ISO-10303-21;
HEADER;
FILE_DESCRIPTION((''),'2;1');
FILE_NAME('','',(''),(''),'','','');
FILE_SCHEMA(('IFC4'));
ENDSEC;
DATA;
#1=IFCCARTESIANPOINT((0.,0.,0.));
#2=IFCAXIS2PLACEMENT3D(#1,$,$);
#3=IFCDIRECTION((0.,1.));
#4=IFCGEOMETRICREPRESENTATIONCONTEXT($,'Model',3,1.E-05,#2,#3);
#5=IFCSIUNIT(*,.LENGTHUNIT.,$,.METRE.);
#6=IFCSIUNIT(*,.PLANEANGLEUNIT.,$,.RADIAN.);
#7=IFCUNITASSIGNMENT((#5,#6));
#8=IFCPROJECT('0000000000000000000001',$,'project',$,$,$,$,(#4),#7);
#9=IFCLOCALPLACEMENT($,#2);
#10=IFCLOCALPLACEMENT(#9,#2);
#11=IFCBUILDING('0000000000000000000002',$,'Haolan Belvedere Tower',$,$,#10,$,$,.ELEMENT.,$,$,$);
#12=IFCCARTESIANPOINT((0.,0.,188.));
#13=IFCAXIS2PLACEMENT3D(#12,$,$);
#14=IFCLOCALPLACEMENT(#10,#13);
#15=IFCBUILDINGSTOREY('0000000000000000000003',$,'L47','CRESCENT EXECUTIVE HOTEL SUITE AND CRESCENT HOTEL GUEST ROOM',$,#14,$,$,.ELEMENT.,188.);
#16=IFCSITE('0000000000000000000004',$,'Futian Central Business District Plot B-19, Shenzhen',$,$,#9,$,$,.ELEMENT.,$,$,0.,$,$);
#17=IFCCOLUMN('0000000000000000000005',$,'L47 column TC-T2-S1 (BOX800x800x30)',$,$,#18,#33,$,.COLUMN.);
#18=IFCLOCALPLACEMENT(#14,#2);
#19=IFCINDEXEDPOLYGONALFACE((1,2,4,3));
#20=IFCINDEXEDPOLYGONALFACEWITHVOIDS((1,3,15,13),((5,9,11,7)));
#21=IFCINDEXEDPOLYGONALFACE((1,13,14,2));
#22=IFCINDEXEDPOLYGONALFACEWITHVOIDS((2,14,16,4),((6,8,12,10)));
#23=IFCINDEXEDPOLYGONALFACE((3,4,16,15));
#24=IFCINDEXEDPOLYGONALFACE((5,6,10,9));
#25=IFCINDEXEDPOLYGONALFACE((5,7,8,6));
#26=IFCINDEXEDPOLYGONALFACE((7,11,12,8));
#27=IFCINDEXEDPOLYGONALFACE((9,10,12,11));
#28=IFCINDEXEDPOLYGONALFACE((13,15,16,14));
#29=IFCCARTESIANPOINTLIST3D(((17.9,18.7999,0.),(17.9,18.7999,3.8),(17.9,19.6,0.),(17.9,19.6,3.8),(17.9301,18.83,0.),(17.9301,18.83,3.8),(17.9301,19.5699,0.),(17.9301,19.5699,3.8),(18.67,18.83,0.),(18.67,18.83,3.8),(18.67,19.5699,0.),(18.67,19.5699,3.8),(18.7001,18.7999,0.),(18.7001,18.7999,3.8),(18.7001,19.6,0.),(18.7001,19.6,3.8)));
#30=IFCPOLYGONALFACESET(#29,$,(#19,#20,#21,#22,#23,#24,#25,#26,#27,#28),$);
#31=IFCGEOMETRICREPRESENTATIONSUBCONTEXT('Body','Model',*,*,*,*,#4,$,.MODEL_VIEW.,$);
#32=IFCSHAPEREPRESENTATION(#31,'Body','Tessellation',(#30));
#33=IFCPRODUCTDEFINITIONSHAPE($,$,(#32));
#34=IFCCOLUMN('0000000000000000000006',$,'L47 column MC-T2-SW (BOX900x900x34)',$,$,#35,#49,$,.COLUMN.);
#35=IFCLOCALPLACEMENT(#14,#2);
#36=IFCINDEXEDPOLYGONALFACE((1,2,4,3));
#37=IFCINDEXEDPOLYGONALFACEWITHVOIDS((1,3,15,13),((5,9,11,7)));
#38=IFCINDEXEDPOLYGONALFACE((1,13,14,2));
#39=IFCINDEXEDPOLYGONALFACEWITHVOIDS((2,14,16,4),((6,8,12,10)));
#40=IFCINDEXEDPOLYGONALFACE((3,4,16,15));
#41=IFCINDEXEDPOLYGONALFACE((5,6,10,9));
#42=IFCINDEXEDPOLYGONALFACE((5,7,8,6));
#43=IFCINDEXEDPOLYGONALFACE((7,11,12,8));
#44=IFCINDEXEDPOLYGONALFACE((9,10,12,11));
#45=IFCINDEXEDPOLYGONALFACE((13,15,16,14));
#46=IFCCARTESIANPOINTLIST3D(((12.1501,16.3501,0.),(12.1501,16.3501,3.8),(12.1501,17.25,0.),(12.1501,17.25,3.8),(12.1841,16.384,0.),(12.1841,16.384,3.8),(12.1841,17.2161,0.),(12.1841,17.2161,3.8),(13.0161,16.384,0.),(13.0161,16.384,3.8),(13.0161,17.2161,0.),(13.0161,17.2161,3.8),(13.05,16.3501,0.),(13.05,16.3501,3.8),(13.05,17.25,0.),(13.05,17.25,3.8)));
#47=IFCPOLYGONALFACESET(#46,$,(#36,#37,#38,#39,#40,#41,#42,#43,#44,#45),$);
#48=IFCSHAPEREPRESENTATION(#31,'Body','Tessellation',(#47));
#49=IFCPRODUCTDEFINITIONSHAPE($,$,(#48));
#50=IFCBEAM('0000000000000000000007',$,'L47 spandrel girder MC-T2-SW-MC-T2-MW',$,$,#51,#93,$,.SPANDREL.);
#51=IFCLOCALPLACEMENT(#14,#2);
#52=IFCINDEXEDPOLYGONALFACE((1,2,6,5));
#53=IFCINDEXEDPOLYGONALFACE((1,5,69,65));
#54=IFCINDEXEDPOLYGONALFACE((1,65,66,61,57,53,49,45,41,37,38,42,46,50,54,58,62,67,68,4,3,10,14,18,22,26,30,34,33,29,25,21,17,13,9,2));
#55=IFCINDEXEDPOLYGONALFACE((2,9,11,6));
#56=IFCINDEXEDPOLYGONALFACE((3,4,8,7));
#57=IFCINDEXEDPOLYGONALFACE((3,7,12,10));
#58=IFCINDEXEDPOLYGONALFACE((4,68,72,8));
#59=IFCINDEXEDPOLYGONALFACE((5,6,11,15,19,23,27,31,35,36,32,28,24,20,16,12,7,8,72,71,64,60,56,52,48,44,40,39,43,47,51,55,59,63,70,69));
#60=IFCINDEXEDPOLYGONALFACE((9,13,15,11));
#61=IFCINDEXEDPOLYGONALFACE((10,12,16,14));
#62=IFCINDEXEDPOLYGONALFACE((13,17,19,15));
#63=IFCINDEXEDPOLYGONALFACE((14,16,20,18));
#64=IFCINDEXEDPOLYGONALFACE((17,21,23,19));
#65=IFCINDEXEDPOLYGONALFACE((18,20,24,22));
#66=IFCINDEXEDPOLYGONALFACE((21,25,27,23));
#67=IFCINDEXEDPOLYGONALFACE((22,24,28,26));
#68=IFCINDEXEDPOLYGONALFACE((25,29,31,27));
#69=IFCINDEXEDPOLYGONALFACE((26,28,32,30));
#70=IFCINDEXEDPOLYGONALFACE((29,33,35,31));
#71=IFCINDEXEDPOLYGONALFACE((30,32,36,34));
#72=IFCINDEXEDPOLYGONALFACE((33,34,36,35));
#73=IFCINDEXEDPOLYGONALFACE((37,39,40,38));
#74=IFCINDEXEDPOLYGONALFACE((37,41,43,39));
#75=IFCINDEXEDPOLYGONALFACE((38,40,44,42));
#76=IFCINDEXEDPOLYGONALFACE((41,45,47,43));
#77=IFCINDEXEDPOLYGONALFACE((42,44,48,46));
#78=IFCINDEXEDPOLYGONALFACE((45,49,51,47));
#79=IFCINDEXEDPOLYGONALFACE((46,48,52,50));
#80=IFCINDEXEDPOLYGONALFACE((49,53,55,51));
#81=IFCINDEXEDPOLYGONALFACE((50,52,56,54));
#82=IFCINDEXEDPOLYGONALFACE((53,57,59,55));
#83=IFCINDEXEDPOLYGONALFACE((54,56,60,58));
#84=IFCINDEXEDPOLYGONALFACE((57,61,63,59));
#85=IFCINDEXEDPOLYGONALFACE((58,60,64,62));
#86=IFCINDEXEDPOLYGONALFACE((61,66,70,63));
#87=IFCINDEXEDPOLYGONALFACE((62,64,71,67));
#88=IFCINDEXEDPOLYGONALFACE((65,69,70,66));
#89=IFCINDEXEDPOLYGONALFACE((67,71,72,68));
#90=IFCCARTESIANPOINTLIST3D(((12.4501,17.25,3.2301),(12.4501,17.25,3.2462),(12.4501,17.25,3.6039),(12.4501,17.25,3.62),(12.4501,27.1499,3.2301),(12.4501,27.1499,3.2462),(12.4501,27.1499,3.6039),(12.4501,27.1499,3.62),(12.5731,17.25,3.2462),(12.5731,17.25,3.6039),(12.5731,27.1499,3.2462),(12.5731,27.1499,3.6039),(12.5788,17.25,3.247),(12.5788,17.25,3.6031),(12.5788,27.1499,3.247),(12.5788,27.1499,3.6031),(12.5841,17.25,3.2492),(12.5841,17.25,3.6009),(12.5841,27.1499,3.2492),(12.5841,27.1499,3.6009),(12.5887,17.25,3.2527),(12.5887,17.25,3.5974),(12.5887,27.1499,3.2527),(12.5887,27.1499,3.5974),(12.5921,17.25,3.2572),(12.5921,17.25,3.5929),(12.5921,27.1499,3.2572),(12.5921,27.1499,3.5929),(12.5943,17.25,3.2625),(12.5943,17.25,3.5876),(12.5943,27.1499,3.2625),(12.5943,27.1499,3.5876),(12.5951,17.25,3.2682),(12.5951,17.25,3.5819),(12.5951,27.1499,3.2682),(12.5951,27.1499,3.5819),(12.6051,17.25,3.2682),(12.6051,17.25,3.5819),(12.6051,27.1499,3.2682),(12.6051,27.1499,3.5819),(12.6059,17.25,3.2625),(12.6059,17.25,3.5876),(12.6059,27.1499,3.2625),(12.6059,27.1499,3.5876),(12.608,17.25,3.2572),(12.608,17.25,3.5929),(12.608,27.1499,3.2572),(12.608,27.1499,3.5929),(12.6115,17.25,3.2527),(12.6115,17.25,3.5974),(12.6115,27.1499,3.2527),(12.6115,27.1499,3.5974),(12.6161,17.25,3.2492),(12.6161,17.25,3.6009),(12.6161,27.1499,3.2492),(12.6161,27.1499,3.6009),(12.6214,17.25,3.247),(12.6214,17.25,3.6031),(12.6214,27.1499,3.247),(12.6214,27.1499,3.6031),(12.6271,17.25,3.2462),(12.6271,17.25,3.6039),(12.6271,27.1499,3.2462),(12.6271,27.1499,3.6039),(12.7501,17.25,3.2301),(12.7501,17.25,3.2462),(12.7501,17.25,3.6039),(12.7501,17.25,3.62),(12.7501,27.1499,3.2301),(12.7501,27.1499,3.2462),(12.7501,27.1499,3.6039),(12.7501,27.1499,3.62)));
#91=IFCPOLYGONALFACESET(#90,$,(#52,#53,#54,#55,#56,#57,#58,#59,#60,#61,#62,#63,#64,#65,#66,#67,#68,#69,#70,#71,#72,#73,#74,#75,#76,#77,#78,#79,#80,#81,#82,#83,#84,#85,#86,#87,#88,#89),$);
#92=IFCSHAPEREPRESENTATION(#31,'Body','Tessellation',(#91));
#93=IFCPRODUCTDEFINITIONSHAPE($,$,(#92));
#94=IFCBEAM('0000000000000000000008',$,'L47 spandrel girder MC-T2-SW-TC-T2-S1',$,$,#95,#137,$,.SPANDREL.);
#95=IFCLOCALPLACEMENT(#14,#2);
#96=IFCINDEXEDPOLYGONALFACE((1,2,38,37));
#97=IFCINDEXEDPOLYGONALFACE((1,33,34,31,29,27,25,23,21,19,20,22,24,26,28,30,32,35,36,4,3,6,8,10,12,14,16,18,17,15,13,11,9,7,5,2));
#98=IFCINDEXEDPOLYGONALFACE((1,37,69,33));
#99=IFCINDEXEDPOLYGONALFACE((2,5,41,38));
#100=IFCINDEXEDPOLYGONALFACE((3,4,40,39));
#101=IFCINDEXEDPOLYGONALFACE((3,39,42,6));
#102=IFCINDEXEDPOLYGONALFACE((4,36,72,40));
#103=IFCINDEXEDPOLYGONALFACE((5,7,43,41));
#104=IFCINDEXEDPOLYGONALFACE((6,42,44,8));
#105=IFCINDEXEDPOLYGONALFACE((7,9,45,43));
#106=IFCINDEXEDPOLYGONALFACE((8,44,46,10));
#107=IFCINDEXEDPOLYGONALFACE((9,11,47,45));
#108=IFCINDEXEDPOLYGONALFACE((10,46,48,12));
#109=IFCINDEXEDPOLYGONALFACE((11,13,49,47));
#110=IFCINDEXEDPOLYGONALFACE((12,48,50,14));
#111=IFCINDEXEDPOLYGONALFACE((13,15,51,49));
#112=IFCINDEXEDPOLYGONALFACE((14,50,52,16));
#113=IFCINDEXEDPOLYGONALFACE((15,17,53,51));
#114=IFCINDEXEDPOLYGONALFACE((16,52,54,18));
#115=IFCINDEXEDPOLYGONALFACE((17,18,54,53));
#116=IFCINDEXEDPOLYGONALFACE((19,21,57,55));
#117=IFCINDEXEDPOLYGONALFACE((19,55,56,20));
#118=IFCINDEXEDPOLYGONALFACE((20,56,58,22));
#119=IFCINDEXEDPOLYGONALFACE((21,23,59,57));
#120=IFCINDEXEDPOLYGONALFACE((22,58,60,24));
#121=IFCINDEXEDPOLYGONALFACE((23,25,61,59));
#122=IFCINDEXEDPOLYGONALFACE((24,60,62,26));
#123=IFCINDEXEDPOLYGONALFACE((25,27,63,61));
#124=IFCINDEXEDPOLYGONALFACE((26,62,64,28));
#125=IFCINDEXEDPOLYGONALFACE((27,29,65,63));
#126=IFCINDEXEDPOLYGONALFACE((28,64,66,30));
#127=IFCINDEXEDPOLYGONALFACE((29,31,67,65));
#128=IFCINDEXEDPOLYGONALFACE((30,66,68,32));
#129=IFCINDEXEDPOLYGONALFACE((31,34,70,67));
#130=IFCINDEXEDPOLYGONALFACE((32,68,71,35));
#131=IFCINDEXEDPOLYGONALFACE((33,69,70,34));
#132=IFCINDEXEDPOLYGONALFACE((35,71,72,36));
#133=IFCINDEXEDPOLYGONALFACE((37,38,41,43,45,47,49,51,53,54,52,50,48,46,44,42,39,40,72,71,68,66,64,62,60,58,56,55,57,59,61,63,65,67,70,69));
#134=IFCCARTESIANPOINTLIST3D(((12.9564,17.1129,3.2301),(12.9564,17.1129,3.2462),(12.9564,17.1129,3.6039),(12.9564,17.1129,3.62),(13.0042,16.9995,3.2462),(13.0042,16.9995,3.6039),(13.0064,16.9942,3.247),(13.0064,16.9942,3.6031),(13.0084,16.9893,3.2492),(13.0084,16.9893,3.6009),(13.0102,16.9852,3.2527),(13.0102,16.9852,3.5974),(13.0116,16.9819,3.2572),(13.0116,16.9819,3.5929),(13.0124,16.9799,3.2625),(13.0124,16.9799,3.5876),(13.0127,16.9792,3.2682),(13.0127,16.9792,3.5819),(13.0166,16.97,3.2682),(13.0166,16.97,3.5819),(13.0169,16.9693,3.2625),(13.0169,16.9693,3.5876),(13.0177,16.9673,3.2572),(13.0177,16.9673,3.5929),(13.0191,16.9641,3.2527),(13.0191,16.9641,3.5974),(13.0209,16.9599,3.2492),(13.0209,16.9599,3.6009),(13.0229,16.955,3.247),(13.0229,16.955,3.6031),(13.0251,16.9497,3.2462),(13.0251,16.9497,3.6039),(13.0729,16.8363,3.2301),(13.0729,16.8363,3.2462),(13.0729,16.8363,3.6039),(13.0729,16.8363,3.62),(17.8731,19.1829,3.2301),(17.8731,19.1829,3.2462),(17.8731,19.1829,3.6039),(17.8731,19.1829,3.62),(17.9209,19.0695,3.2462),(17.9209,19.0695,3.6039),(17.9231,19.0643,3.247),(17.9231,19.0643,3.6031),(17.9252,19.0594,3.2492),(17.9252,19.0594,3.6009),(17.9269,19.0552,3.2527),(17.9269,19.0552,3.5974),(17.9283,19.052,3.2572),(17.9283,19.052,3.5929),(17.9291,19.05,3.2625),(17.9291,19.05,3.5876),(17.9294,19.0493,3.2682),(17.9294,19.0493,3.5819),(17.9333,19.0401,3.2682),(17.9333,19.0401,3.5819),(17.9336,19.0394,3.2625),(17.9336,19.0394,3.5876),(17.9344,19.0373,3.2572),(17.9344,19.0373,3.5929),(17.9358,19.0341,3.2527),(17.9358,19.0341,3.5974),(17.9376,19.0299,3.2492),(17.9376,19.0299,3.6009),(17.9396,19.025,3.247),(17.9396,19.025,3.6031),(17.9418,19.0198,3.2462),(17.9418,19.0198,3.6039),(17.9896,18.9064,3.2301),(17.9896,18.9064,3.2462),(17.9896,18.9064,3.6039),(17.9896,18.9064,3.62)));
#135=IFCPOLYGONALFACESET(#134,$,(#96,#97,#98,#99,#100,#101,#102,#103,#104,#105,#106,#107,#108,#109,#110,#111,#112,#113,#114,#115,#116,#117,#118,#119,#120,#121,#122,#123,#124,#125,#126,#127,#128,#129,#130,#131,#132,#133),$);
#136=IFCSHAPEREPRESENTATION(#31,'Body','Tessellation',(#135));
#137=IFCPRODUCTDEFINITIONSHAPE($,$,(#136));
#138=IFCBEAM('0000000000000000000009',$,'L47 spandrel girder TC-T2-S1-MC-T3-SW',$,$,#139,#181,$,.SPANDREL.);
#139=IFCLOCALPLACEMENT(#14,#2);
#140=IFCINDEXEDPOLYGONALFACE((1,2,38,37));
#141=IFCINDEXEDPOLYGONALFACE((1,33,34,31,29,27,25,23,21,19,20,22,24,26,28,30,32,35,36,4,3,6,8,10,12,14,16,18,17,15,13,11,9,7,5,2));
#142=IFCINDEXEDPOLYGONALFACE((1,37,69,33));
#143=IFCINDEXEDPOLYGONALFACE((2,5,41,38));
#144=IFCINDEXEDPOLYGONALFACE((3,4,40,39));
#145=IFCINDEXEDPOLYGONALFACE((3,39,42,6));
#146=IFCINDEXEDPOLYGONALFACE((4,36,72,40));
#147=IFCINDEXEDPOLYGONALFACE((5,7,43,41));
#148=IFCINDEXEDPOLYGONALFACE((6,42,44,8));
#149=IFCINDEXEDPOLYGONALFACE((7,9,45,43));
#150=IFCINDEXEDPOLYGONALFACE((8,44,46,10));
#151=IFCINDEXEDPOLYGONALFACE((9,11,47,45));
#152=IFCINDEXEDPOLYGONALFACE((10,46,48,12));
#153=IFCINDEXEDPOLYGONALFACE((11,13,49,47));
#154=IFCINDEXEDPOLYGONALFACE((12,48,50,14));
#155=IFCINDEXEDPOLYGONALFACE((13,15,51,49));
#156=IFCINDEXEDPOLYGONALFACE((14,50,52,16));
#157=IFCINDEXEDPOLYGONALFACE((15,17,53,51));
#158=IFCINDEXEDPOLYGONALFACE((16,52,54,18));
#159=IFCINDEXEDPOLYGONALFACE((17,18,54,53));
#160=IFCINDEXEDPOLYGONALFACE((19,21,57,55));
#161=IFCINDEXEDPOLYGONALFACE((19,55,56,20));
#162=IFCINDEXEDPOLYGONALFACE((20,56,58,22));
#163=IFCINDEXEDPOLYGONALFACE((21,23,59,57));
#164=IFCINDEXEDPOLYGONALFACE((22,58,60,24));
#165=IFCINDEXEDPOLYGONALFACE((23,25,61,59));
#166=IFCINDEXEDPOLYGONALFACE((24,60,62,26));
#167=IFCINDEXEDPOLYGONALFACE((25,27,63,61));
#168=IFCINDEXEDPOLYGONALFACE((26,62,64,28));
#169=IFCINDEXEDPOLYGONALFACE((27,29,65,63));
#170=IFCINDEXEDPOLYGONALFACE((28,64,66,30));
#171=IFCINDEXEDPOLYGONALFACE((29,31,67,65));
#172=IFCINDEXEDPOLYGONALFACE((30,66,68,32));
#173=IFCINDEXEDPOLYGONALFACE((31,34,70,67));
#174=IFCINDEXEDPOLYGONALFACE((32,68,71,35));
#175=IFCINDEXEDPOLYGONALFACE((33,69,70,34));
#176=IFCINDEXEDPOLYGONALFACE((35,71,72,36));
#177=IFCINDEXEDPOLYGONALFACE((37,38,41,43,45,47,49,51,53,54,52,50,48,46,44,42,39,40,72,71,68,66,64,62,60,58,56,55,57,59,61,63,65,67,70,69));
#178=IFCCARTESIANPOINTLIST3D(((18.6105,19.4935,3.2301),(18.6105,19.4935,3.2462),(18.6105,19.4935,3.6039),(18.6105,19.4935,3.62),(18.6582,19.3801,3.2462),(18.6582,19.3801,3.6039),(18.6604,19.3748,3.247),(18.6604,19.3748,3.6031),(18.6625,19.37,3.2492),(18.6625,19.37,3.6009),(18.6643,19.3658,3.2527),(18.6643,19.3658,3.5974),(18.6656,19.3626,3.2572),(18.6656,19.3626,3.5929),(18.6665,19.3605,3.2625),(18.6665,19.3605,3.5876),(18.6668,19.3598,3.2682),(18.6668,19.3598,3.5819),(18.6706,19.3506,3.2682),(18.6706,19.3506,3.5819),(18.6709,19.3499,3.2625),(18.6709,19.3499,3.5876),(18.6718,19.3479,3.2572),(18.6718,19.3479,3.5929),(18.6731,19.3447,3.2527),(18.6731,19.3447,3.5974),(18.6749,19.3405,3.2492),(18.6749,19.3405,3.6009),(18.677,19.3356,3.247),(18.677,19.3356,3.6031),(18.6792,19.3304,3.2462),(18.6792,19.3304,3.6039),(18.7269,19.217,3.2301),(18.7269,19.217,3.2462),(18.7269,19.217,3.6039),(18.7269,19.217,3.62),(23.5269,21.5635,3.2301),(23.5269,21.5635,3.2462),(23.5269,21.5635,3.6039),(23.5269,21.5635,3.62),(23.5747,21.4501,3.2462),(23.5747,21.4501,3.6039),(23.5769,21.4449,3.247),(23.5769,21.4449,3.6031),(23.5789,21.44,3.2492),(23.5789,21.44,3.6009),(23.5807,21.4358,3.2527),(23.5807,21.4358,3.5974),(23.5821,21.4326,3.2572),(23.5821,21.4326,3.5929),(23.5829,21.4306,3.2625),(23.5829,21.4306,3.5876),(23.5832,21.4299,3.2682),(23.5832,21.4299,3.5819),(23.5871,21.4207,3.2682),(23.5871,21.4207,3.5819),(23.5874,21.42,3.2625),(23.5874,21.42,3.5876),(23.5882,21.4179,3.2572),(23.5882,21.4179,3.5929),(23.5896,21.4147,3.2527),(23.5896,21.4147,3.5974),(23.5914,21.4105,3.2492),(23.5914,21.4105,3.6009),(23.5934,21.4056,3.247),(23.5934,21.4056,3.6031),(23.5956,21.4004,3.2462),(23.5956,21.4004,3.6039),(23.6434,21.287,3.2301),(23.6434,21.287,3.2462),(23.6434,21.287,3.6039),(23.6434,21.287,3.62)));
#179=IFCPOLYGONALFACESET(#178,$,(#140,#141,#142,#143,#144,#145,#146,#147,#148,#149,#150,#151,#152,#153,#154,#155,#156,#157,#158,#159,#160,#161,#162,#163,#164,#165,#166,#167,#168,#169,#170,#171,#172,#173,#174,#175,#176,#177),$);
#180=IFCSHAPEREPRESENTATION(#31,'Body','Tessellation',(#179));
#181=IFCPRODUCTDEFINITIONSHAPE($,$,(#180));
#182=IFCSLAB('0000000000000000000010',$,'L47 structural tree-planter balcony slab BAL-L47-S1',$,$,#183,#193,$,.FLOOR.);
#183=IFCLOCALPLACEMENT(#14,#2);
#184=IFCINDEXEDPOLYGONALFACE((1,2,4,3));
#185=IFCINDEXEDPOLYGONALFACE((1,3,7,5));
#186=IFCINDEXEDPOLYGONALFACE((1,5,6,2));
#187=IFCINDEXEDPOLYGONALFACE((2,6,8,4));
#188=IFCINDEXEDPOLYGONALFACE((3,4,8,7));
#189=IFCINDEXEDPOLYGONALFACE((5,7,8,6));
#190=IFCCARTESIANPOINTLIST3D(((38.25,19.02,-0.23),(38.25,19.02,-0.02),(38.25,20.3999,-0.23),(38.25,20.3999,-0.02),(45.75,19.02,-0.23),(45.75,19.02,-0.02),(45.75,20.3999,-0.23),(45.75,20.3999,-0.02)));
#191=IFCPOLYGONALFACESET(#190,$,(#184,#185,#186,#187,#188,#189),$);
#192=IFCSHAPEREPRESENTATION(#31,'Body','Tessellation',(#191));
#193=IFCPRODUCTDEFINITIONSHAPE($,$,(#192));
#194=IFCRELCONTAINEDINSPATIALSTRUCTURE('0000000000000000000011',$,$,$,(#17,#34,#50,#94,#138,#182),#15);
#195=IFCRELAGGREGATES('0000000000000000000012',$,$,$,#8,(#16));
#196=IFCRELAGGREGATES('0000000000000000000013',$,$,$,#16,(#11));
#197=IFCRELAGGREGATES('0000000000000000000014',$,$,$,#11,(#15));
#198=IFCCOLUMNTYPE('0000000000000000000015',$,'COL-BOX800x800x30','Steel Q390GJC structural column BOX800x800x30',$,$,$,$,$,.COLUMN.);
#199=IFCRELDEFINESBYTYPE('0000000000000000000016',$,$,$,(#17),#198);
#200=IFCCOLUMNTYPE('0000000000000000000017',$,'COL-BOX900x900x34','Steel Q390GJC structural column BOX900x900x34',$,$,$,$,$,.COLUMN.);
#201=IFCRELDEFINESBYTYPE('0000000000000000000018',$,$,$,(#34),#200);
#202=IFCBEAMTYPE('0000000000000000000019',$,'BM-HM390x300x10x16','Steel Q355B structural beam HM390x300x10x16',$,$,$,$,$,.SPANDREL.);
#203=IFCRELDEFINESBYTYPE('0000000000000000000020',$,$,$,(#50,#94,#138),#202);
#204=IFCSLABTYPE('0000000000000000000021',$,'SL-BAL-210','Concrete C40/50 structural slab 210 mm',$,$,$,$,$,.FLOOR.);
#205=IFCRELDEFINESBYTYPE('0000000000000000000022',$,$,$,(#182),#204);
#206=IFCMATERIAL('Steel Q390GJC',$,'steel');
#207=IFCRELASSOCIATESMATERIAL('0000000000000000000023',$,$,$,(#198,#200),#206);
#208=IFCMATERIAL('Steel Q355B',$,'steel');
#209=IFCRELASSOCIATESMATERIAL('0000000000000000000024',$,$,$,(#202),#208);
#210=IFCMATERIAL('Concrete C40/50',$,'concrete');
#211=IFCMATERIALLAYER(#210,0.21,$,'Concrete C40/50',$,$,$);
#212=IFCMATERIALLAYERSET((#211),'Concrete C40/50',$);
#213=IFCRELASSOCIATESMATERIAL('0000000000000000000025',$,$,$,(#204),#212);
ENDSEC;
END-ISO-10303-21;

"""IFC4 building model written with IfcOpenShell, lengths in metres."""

from ifc_helpers import new_model, si_unit, direction, frame, origin, origin_2d, place, context, subcontext, project, spatial, polyline, hollow_rectangle, i_section, outline, extrude, material, layer, layer_set, material_profile, profile_set, type_object, element, save


model = new_model("IFC4")

# Units and contexts
model_context = context("Model", 3, precision=1e-05, world=origin(), true_north=direction((0.0, 1.0)))
body_context = subcontext(model_context, "Body", "Model", "MODEL_VIEW")
ifc_project = project(units=[si_unit("LENGTHUNIT", "METRE"), si_unit("PLANEANGLEUNIT", "RADIAN")], contexts=[model_context])

# Site, building, storey
site_placement = place(None, origin())
site = spatial("IfcSite", under=ifc_project, at=site_placement, Name="Futian Central Business District Plot B-19, Shenzhen", CompositionType="ELEMENT", RefElevation=0.0)
building_placement = place(site_placement, origin())
building = spatial("IfcBuilding", under=site, at=building_placement, Name="Haolan Belvedere Tower", CompositionType="ELEMENT")
storey_placement = place(building_placement, frame((0.0, 0.0, 188.0)))
storey = spatial("IfcBuildingStorey", under=building, at=storey_placement, Name="L47", Description="CRESCENT EXECUTIVE HOTEL SUITE AND CRESCENT HOTEL GUEST ROOM", CompositionType="ELEMENT", Elevation=188.0)

# Columns
ifc_material_1 = material(Name="Steel Q390GJC", Category="steel")
ifc_material_profile_1 = material_profile(ifc_material_1, hollow_rectangle(XDim=0.8, YDim=0.8, WallThickness=0.03, at=origin_2d()), Name="Steel Q390GJC")
ifc_profile_set_1 = profile_set([ifc_material_profile_1], Name="Steel Q390GJC")
column_type_1 = type_object("IfcColumnType", Name="COL-BOX800x800x30", Description="Steel Q390GJC structural column BOX800x800x30", PredefinedType="COLUMN", material=ifc_profile_set_1)
column_1_placement = place(storey_placement, frame((18.3, 19.2, 0.0), z_axis=(0.0, 0.0, 1.0), x_axis=(1.0, 0.0, 0.0)))
element("IfcColumn", 1, at=column_1_placement, inside=storey, type_object=column_type_1, Name="L47 column TC-T2-S1 (BOX800x800x30)", PredefinedType="COLUMN", context=body_context, shape_type="SweptSolid", body=[
    extrude(hollow_rectangle(XDim=0.8, YDim=0.8, WallThickness=0.03, at=origin_2d()), origin(), (0.0, 0.0, 1.0), 3.8),
])
ifc_material_profile_2 = material_profile(ifc_material_1, hollow_rectangle(XDim=0.8999, YDim=0.8999, WallThickness=0.0339, at=origin_2d()), Name="Steel Q390GJC")
ifc_profile_set_2 = profile_set([ifc_material_profile_2], Name="Steel Q390GJC")
column_type_2 = type_object("IfcColumnType", Name="COL-BOX900x900x34", Description="Steel Q390GJC structural column BOX900x900x34", PredefinedType="COLUMN", material=ifc_profile_set_2)
column_2_placement = place(storey_placement, frame((12.6001, 16.8, 0.0), z_axis=(0.0, 0.0, 1.0), x_axis=(1.0, 0.0, 0.0)))
element("IfcColumn", 2, at=column_2_placement, inside=storey, type_object=column_type_2, Name="L47 column MC-T2-SW (BOX900x900x34)", PredefinedType="COLUMN", context=body_context, shape_type="SweptSolid", body=[
    extrude(hollow_rectangle(XDim=0.8999, YDim=0.8999, WallThickness=0.0339, at=origin_2d()), origin(), (0.0, 0.0, 1.0), 3.8),
])

# Beams
ifc_material_2 = material(Name="Steel Q355B", Category="steel")
ifc_material_profile_3 = material_profile(ifc_material_2, i_section(OverallWidth=0.3, OverallDepth=0.3899, WebThickness=0.01, FlangeThickness=0.0161, FilletRadius=0.022, at=origin_2d()), Name="Steel Q355B")
ifc_profile_set_3 = profile_set([ifc_material_profile_3], Name="Steel Q355B")
beam_type = type_object("IfcBeamType", Name="BM-HM390x300x10x16", Description="Steel Q355B structural beam HM390x300x10x16", PredefinedType="SPANDREL", material=ifc_profile_set_3)
beam_1_placement = place(storey_placement, frame((12.6001, 17.25, 3.425), z_axis=(0.0, 1.0, 0.0), x_axis=(-1.0, 0.0, 0.0)))
element("IfcBeam", 3, at=beam_1_placement, inside=storey, type_object=beam_type, Name="L47 spandrel girder MC-T2-SW-MC-T2-MW", PredefinedType="SPANDREL", context=body_context, shape_type="SweptSolid", body=[
    extrude(i_section(OverallWidth=0.3, OverallDepth=0.3899, WebThickness=0.01, FlangeThickness=0.0161, FilletRadius=0.022, at=origin_2d()), origin(), (0.0, 0.0, 1.0), 9.8999),
])
beam_2_placement = place(storey_placement, frame((13.0146, 16.9746, 3.425), z_axis=(0.921645, 0.388034, 0.0), x_axis=(-0.388034, 0.921645, 0.0)))
element("IfcBeam", 4, at=beam_2_placement, inside=storey, type_object=beam_type, Name="L47 spandrel girder MC-T2-SW-TC-T2-S1", PredefinedType="SPANDREL", context=body_context, shape_type="SweptSolid", body=[
    extrude(i_section(OverallWidth=0.3, OverallDepth=0.3899, WebThickness=0.01, FlangeThickness=0.0161, FilletRadius=0.022, at=origin_2d()), origin(), (0.0, 0.0, 1.0), 5.3347),
])
beam_3_placement = place(storey_placement, frame((18.6687, 19.3552, 3.425), z_axis=(0.921638, 0.388051, 0.0), x_axis=(-0.388051, 0.921638, 0.0)))
element("IfcBeam", 5, at=beam_3_placement, inside=storey, type_object=beam_type, Name="L47 spandrel girder TC-T2-S1-MC-T3-SW", PredefinedType="SPANDREL", context=body_context, shape_type="SweptSolid", body=[
    extrude(i_section(OverallWidth=0.3, OverallDepth=0.3899, WebThickness=0.01, FlangeThickness=0.0161, FilletRadius=0.022, at=origin_2d()), origin(), (0.0, 0.0, 1.0), 5.3345),
])

# Slab
ifc_material_3 = material(Name="Concrete C40/50", Category="concrete")
ifc_layer_1 = layer(ifc_material_3, 0.21, Name="Concrete C40/50")
ifc_layer_set_1 = layer_set([ifc_layer_1], Name="Concrete C40/50")
slab_type_1 = type_object("IfcSlabType", Name="SL-BAL-210", Description="Concrete C40/50 structural slab 210 mm", PredefinedType="FLOOR", material=ifc_layer_set_1)
slab_1_placement = place(storey_placement, frame((0.0, 0.0, -0.23)))
element("IfcSlab", 6, at=slab_1_placement, inside=storey, type_object=slab_type_1, Name="L47 structural tree-planter balcony slab BAL-L47-S1", PredefinedType="FLOOR", context=body_context, shape_type="SweptSolid", body=[
    extrude(outline(polyline([(38.25, 19.02), (45.75, 19.02), (45.75, 20.3999), (38.25, 20.3999), (38.25, 19.02)])), origin(), (0.0, 0.0, 1.0), 0.21),
])

save(model, "model.ifc")
